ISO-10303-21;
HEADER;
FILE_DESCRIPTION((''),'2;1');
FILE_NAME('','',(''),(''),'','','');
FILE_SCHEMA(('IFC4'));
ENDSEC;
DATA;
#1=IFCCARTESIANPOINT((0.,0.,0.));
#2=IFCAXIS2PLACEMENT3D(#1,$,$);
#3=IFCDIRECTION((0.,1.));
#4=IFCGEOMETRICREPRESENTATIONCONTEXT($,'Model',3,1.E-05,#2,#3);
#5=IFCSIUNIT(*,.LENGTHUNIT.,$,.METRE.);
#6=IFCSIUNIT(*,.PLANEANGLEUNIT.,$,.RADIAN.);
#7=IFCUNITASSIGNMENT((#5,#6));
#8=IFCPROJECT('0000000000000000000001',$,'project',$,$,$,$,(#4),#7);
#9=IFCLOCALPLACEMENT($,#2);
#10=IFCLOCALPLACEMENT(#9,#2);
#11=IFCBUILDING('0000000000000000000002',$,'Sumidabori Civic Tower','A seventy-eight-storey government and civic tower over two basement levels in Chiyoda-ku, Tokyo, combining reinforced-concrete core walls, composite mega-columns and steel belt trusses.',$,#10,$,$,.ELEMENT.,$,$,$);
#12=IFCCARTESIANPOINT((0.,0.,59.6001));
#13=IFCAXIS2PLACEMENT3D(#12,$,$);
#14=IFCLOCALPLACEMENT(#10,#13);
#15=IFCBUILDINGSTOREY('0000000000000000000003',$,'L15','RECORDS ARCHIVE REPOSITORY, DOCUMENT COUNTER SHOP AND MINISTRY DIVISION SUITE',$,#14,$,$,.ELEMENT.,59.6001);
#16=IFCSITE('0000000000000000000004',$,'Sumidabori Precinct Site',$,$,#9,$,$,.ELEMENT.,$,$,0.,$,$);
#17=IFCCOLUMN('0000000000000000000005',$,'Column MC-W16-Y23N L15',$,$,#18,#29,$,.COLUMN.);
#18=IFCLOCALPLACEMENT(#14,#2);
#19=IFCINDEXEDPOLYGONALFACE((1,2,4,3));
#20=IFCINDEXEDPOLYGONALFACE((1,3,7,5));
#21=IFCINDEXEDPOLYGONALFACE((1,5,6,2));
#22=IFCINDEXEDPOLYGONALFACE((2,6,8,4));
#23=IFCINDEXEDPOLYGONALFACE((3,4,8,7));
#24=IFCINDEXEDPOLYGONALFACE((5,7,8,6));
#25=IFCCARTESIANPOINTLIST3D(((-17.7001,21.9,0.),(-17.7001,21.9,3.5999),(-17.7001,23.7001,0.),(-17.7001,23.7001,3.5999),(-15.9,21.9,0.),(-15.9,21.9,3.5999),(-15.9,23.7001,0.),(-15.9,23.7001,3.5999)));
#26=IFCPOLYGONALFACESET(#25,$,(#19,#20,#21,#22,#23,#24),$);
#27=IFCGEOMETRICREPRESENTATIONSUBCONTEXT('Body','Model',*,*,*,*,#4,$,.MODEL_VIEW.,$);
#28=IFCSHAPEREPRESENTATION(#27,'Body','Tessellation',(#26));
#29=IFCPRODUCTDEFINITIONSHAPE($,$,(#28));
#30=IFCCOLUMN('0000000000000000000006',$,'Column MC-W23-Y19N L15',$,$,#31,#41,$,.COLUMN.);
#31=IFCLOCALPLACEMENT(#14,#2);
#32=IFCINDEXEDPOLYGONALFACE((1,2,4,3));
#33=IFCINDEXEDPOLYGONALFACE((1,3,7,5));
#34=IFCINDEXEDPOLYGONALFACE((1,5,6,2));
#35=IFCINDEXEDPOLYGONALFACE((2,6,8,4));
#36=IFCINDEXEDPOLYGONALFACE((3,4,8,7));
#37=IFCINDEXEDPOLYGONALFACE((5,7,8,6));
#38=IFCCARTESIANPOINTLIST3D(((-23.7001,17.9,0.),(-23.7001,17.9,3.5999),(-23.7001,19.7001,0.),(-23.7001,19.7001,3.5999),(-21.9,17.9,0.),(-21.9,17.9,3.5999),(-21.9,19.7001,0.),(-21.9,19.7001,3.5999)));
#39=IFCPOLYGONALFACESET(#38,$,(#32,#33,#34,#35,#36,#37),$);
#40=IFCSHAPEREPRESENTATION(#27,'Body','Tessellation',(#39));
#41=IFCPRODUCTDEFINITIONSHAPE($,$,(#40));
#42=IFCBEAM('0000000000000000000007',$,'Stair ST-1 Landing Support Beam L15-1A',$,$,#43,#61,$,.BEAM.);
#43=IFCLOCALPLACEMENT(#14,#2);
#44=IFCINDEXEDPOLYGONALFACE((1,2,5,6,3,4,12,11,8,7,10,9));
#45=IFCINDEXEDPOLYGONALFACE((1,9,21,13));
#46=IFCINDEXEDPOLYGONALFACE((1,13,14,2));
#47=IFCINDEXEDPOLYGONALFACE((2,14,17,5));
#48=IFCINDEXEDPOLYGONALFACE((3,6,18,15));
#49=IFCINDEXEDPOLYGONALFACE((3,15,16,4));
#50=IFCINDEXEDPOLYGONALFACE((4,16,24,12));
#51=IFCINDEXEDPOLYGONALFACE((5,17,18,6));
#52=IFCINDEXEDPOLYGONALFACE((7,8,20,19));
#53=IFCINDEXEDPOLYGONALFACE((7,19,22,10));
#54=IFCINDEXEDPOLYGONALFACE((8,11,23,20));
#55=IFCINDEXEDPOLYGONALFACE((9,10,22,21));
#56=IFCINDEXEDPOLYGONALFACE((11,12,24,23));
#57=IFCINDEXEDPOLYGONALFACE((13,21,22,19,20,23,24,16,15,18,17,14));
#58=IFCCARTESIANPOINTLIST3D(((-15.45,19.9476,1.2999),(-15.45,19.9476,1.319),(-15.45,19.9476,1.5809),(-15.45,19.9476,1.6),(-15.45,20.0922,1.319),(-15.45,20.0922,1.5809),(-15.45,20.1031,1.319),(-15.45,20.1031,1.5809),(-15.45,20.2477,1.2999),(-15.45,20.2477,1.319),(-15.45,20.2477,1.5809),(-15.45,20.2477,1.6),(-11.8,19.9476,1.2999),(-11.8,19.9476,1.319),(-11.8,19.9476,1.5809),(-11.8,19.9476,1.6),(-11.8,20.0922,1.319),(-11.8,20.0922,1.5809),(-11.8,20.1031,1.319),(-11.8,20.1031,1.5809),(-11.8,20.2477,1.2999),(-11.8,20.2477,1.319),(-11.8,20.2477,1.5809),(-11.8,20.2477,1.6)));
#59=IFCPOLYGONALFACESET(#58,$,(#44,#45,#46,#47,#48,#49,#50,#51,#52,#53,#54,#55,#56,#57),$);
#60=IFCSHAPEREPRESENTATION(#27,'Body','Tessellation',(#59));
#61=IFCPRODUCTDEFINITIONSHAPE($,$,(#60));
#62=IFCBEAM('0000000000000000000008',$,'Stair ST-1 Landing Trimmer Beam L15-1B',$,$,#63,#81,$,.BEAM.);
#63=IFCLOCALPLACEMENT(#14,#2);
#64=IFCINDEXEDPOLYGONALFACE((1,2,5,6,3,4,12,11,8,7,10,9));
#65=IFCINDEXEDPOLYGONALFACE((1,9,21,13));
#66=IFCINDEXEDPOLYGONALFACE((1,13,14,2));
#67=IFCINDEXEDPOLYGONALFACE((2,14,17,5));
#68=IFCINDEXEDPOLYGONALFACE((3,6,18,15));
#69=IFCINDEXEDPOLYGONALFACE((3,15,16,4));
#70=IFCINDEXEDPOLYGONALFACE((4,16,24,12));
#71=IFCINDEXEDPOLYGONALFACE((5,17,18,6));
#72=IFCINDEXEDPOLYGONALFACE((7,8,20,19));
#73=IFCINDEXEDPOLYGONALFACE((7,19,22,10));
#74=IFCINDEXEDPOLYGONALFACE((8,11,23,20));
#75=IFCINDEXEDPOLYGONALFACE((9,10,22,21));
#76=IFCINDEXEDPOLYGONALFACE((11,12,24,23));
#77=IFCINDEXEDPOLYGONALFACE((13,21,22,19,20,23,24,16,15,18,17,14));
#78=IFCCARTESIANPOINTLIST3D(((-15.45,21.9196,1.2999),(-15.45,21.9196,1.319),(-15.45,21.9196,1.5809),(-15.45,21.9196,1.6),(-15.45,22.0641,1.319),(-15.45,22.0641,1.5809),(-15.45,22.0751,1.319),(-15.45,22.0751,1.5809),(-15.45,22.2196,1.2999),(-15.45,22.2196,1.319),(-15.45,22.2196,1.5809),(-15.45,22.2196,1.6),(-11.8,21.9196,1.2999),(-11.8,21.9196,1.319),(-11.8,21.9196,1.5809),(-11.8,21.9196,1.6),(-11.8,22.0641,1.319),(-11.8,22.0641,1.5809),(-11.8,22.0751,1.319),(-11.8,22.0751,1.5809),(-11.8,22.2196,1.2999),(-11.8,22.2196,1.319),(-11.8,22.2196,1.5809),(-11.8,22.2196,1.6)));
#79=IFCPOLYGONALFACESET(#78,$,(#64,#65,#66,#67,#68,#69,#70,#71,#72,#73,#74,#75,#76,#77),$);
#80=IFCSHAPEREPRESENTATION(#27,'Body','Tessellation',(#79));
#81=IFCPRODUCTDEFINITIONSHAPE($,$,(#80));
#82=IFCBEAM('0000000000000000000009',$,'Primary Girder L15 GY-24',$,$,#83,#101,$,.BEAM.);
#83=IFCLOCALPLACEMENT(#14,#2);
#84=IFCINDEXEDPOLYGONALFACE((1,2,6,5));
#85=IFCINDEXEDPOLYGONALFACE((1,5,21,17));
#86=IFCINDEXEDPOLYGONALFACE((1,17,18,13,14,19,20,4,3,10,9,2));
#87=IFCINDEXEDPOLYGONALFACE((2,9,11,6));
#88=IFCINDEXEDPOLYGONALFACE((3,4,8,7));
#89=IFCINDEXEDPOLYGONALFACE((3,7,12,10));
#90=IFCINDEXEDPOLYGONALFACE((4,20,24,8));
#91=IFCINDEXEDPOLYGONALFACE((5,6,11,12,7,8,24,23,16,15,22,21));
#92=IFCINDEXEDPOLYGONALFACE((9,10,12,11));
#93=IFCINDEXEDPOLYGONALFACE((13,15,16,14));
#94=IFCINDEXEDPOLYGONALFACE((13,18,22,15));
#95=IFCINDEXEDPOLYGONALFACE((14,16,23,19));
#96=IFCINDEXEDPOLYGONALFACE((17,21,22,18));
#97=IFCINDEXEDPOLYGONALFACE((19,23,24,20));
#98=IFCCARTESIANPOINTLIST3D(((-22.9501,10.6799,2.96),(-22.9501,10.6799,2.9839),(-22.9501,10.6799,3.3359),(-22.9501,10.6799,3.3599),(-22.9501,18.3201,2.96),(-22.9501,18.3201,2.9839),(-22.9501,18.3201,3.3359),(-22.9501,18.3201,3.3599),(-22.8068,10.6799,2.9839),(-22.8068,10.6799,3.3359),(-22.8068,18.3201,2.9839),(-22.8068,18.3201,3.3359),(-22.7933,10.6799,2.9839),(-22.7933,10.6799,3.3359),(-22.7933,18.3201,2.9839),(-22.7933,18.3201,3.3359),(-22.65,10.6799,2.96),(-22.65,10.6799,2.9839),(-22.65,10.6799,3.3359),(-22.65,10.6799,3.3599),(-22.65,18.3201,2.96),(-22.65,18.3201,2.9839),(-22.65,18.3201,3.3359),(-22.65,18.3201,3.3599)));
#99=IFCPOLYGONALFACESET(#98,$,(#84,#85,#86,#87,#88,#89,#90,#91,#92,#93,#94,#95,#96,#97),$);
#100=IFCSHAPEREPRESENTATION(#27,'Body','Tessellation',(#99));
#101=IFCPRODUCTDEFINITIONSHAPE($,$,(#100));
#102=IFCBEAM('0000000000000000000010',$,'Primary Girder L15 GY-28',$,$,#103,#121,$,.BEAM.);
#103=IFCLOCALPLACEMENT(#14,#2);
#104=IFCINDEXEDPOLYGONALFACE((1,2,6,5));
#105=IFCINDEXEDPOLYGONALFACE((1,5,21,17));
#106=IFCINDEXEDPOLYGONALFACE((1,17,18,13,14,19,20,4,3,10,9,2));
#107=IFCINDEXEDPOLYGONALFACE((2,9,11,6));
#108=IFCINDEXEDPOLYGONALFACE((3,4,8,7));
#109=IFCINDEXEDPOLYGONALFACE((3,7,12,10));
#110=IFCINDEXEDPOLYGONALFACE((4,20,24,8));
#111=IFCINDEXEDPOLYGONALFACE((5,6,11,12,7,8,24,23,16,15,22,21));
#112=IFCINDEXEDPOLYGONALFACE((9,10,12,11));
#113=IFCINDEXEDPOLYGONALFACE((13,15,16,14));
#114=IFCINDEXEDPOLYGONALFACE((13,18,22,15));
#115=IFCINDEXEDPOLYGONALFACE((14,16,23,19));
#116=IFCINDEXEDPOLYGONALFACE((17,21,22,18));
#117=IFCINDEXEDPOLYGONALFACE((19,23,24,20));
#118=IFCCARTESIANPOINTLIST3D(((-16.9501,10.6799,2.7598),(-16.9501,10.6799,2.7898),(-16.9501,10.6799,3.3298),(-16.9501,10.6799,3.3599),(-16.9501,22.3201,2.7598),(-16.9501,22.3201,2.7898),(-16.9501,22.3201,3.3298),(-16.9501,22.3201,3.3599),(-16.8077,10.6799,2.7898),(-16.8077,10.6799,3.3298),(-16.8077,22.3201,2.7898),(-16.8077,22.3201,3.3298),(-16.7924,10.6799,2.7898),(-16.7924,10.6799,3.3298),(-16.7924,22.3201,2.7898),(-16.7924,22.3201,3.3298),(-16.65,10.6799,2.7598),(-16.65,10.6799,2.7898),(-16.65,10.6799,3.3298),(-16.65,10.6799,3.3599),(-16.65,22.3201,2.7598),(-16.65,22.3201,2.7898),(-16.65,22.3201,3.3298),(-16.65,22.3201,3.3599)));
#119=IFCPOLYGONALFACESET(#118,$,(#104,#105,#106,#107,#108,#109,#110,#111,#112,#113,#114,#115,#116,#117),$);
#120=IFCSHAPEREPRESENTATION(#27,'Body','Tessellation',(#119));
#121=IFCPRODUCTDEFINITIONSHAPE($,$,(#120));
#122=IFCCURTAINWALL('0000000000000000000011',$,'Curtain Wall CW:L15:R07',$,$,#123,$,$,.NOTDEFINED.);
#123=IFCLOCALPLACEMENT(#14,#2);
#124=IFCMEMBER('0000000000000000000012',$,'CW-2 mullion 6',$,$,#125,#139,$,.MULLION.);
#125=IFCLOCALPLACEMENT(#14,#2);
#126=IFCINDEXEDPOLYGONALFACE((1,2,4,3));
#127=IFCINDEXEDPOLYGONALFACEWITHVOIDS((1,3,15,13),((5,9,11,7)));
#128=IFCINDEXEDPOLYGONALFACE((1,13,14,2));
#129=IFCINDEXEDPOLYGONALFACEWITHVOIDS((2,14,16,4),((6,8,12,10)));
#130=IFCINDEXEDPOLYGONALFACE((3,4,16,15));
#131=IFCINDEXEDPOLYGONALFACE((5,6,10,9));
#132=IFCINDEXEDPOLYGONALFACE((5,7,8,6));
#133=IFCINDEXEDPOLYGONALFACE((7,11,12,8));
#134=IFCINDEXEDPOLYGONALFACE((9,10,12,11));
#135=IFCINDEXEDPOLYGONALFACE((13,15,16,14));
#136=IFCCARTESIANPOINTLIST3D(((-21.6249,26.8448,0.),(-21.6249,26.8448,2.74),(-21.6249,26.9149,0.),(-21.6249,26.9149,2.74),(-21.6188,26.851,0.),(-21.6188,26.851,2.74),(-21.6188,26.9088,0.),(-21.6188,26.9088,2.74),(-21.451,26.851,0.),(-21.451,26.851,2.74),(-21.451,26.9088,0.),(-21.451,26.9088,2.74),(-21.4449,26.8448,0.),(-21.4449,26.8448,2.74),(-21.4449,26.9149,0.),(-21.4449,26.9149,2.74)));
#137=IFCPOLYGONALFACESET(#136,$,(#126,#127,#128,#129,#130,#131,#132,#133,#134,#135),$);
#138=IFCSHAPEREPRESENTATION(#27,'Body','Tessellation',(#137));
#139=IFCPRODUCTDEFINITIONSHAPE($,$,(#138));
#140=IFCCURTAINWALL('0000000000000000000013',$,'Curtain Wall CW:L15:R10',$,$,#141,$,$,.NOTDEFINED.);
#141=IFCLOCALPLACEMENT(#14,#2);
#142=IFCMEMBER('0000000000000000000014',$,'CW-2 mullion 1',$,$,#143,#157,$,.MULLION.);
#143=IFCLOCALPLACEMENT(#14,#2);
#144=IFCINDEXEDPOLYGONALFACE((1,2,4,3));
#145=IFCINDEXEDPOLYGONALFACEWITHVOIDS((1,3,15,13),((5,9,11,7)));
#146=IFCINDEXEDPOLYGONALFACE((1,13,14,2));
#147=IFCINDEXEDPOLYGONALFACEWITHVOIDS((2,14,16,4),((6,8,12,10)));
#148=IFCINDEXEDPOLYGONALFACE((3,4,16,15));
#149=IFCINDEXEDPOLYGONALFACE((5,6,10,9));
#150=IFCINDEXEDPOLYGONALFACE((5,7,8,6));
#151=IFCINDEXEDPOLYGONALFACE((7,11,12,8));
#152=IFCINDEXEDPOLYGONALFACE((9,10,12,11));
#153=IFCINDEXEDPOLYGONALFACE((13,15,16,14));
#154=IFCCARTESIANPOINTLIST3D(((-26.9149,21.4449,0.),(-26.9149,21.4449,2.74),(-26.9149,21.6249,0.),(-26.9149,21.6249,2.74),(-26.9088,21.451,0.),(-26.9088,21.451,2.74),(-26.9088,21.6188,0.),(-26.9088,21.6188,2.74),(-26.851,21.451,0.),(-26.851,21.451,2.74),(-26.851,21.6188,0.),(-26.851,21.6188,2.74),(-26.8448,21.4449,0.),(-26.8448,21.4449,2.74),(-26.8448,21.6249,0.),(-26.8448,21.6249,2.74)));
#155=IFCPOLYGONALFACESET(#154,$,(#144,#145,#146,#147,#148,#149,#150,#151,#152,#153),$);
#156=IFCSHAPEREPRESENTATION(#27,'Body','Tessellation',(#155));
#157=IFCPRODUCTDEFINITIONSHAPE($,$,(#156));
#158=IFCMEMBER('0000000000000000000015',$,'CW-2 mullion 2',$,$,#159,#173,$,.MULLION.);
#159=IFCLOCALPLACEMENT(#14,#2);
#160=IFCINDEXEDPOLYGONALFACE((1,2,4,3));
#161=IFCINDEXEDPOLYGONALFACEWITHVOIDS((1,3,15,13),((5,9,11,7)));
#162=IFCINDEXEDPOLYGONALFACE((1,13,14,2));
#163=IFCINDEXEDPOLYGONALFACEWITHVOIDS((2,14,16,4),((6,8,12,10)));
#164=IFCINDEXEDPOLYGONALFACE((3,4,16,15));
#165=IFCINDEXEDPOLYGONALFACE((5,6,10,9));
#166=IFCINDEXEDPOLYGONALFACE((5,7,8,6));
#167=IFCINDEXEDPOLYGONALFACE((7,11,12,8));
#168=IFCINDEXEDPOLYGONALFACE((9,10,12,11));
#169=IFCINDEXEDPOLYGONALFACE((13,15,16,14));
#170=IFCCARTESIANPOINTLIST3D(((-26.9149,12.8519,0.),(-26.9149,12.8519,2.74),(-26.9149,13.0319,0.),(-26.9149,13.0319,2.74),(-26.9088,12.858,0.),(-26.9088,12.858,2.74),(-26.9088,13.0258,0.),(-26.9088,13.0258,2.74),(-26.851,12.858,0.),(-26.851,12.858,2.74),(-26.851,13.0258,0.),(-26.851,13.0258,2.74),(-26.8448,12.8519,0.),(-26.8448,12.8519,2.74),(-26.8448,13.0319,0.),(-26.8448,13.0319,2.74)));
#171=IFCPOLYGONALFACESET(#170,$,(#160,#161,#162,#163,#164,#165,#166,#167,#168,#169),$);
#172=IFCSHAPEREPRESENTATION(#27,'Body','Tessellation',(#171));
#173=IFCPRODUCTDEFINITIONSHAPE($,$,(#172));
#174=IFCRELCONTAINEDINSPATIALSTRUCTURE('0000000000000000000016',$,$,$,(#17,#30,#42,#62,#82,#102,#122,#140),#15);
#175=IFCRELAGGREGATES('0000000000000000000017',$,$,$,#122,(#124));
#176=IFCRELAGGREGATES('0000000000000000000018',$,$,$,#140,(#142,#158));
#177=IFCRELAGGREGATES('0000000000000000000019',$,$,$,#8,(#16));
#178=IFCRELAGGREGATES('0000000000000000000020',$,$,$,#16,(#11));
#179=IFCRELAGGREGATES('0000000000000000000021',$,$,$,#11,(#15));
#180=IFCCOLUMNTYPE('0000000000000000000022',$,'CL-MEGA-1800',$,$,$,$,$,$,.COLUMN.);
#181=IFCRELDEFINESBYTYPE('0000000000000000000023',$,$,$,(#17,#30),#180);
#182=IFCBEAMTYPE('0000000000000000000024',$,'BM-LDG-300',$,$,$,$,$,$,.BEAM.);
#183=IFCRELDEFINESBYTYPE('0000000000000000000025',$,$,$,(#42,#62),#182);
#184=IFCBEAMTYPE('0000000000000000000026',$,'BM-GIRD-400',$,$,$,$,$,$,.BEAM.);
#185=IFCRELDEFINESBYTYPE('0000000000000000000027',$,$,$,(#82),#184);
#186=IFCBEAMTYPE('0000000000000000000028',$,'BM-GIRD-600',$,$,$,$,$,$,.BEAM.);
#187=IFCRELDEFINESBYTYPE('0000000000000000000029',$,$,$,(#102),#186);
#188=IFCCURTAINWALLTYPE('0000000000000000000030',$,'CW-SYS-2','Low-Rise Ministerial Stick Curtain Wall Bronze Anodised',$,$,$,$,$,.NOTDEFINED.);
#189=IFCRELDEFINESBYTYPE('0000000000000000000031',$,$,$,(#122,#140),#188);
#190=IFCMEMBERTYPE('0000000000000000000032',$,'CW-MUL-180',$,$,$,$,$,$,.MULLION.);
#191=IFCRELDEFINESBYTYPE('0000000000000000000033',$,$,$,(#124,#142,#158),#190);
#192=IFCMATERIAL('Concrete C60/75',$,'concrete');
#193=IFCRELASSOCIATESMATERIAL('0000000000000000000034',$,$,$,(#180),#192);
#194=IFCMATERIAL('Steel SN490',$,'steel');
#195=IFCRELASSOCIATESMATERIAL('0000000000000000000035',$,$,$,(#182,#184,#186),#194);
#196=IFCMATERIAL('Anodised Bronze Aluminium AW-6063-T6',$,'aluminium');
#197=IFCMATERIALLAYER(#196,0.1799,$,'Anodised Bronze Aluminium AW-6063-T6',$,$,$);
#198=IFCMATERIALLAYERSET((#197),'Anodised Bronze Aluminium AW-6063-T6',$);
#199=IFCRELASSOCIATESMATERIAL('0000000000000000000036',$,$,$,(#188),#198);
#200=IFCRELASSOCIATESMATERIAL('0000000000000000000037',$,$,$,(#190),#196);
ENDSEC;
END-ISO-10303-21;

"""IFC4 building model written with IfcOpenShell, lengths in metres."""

from ifc_helpers import new_model, si_unit, direction, frame, origin, origin_2d, place, context, subcontext, project, spatial, rectangle, hollow_rectangle, i_section, extrude, source, transform, mapped, material, layer, layer_set, material_profile, profile_set, type_object, element, aggregate, save


model = new_model("IFC4")

# Units and contexts
model_context = context("Model", 3, precision=1e-05, world=origin(), true_north=direction((0.0, 1.0)))
body_context = subcontext(model_context, "Body", "Model", "MODEL_VIEW")
ifc_project = project(units=[si_unit("LENGTHUNIT", "METRE"), si_unit("PLANEANGLEUNIT", "RADIAN")], contexts=[model_context])

# Site, building, storey
site_placement = place(None, origin())
site = spatial("IfcSite", under=ifc_project, at=site_placement, Name="Sumidabori Precinct Site", CompositionType="ELEMENT", RefElevation=0.0)
building_placement = place(site_placement, origin())
building = spatial("IfcBuilding", under=site, at=building_placement, Name="Sumidabori Civic Tower", Description="A seventy-eight-storey government and civic tower over two basement levels in Chiyoda-ku, Tokyo, combining reinforced-concrete core walls, composite mega-columns and steel belt trusses.", CompositionType="ELEMENT")
storey_placement = place(building_placement, frame((0.0, 0.0, 59.6001)))
storey = spatial("IfcBuildingStorey", under=building, at=storey_placement, Name="L15", Description="RECORDS ARCHIVE REPOSITORY, DOCUMENT COUNTER SHOP AND MINISTRY DIVISION SUITE", CompositionType="ELEMENT", Elevation=59.6001)

# Columns
ifc_material_1 = material(Name="Concrete C60/75", Category="concrete")
ifc_material_profile_1 = material_profile(ifc_material_1, rectangle(XDim=1.8, YDim=1.8, at=origin_2d()), Name="RC 1800x1800")
ifc_profile_set_1 = profile_set([ifc_material_profile_1], Name="Concrete C60/75")
column_type = type_object("IfcColumnType", Name="CL-MEGA-1800", PredefinedType="COLUMN", material=ifc_profile_set_1)
shared_shape_1 = source(origin(), body_context, "Body", "SweptSolid", [
    extrude(rectangle(XDim=1.8, YDim=1.8, at=origin_2d()), origin(), (0.0, 0.0, 1.0), 3.5999),
])
for number, where, z_axis, x_axis, name in (
    (1, (-16.8, 22.8, 0.0), (0.0, 0.0, 1.0), (1.0, 0.0, 0.0), "Column MC-W16-Y23N L15"),
    (2, (-22.8, 18.8, 0.0), (0.0, 0.0, 1.0), (1.0, 0.0, 0.0), "Column MC-W23-Y19N L15"),
):
    element("IfcColumn", number, at=place(storey_placement, frame(where, z_axis=z_axis, x_axis=x_axis)), inside=storey, type_object=column_type, Name=name, PredefinedType="COLUMN", context=body_context, shape_type="MappedRepresentation", body=[
        mapped(shared_shape_1, transform((0.0, 0.0, 0.0), x_axis=(1.0, 0.0, 0.0), y_axis=(0.0, 1.0, 0.0), z_axis=(0.0, 0.0, 1.0), scale=1.0)),
    ])

# Beams
ifc_material_2 = material(Name="Steel SN490", Category="steel")
ifc_material_profile_2 = material_profile(ifc_material_2, i_section(OverallWidth=0.3, OverallDepth=0.3, WebThickness=0.011, FlangeThickness=0.019, at=origin_2d()), Name="HE 300 B")
ifc_profile_set_2 = profile_set([ifc_material_profile_2], Name="Steel SN490")
beam_type_1 = type_object("IfcBeamType", Name="BM-LDG-300", PredefinedType="BEAM", material=ifc_profile_set_2)
shared_shape_2 = source(origin(), body_context, "Body", "SweptSolid", [
    extrude(i_section(OverallWidth=0.3, OverallDepth=0.3, WebThickness=0.011, FlangeThickness=0.019, at=origin_2d()), origin(), (0.0, 0.0, 1.0), 3.6499),
])
for number, where, z_axis, x_axis, name in (
    (3, (-15.45, 20.0977, 1.45), (1.0, 0.0, 0.0), (0.0, 1.0, 0.0), "Stair ST-1 Landing Support Beam L15-1A"),
    (4, (-15.45, 22.0696, 1.45), (1.0, 0.0, 0.0), (0.0, 1.0, 0.0), "Stair ST-1 Landing Trimmer Beam L15-1B"),
):
    element("IfcBeam", number, at=place(storey_placement, frame(where, z_axis=z_axis, x_axis=x_axis)), inside=storey, type_object=beam_type_1, Name=name, PredefinedType="BEAM", context=body_context, shape_type="MappedRepresentation", body=[
        mapped(shared_shape_2, transform((0.0, 0.0, 0.0), x_axis=(1.0, 0.0, 0.0), y_axis=(0.0, 1.0, 0.0), z_axis=(0.0, 0.0, 1.0), scale=1.0)),
    ])
ifc_material_profile_3 = material_profile(ifc_material_2, i_section(OverallWidth=0.3, OverallDepth=0.3999, WebThickness=0.0134, FlangeThickness=0.0239, at=origin_2d()), Name="HE 400 B")
ifc_profile_set_3 = profile_set([ifc_material_profile_3], Name="Steel SN490")
beam_type_2 = type_object("IfcBeamType", Name="BM-GIRD-400", PredefinedType="BEAM", material=ifc_profile_set_3)
shared_shape_3 = source(origin(), body_context, "Body", "SweptSolid", [
    extrude(i_section(OverallWidth=0.3, OverallDepth=0.3999, WebThickness=0.0134, FlangeThickness=0.0239, at=origin_2d()), origin(), (0.0, 0.0, 1.0), 7.6401),
])
beam_1_placement = place(storey_placement, frame((-22.8, 10.6799, 3.1599), z_axis=(0.0, 1.0, 0.0), x_axis=(-1.0, 0.0, 0.0)))
element("IfcBeam", 5, at=beam_1_placement, inside=storey, type_object=beam_type_2, Name="Primary Girder L15 GY-24", PredefinedType="BEAM", context=body_context, shape_type="MappedRepresentation", body=[
    mapped(shared_shape_3, transform((0.0, 0.0, 0.0), x_axis=(1.0, 0.0, 0.0), y_axis=(0.0, 1.0, 0.0), z_axis=(0.0, 0.0, 1.0), scale=1.0)),
])
ifc_material_profile_4 = material_profile(ifc_material_2, i_section(OverallWidth=0.3, OverallDepth=0.6001, WebThickness=0.0154, FlangeThickness=0.03, at=origin_2d()), Name="HE 600 B")
ifc_profile_set_4 = profile_set([ifc_material_profile_4], Name="Steel SN490")
beam_type_3 = type_object("IfcBeamType", Name="BM-GIRD-600", PredefinedType="BEAM", material=ifc_profile_set_4)
shared_shape_4 = source(origin(), body_context, "Body", "SweptSolid", [
    extrude(i_section(OverallWidth=0.3, OverallDepth=0.6001, WebThickness=0.0154, FlangeThickness=0.03, at=origin_2d()), origin(), (0.0, 0.0, 1.0), 11.6401),
])
beam_2_placement = place(storey_placement, frame((-16.8, 10.6799, 3.0598), z_axis=(0.0, 1.0, 0.0), x_axis=(-1.0, 0.0, 0.0)))
element("IfcBeam", 6, at=beam_2_placement, inside=storey, type_object=beam_type_3, Name="Primary Girder L15 GY-28", PredefinedType="BEAM", context=body_context, shape_type="MappedRepresentation", body=[
    mapped(shared_shape_4, transform((0.0, 0.0, 0.0), x_axis=(1.0, 0.0, 0.0), y_axis=(0.0, 1.0, 0.0), z_axis=(0.0, 0.0, 1.0), scale=1.0)),
])

# Curtain wall, member
ifc_material_3 = material(Name="Anodised Bronze Aluminium AW-6063-T6", Category="aluminium")
ifc_layer_1 = layer(ifc_material_3, 0.1799, Name="Anodised Bronze Aluminium AW-6063-T6")
ifc_layer_set_1 = layer_set([ifc_layer_1], Name="Anodised Bronze Aluminium AW-6063-T6")
curtain_wall_type = type_object("IfcCurtainWallType", Name="CW-SYS-2", Description="Low-Rise Ministerial Stick Curtain Wall Bronze Anodised", PredefinedType="NOTDEFINED", material=ifc_layer_set_1)
curtain_wall_1_placement = place(storey_placement, origin())
curtain_wall_1 = element("IfcCurtainWall", 7, at=curtain_wall_1_placement, inside=storey, type_object=curtain_wall_type, Name="Curtain Wall CW:L15:R07", PredefinedType="NOTDEFINED")
ifc_material_profile_5 = material_profile(ifc_material_3, hollow_rectangle(XDim=0.0701, YDim=0.1799, WallThickness=0.0061, at=origin_2d()), Name="ALU MULLION 180x70")
ifc_profile_set_5 = profile_set([ifc_material_profile_5], Name="Anodised Bronze Aluminium AW-6063-T6")
member_type_1 = type_object("IfcMemberType", Name="CW-MUL-180", PredefinedType="MULLION", material=ifc_profile_set_5)
shared_shape_5 = source(origin(), body_context, "Body", "SweptSolid", [
    extrude(hollow_rectangle(XDim=0.0701, YDim=0.1799, WallThickness=0.0061, at=origin_2d()), origin(), (0.0, 0.0, 1.0), 2.74),
])
member_1_placement = place(storey_placement, frame((-21.5349, 26.8799, 0.0), z_axis=(0.0, 0.0, 1.0), x_axis=(0.0, -1.0, 0.0)))
member_1 = element("IfcMember", 8, at=member_1_placement, type_object=member_type_1, Name="CW-2 mullion 6", PredefinedType="MULLION", context=body_context, shape_type="MappedRepresentation", body=[
    mapped(shared_shape_5, transform((0.0, 0.0, 0.0), x_axis=(1.0, 0.0, 0.0), y_axis=(0.0, 1.0, 0.0), z_axis=(0.0, 0.0, 1.0), scale=1.0)),
])

# Curtain wall, members
curtain_wall_2_placement = place(storey_placement, origin())
curtain_wall_2 = element("IfcCurtainWall", 9, at=curtain_wall_2_placement, inside=storey, type_object=curtain_wall_type, Name="Curtain Wall CW:L15:R10", PredefinedType="NOTDEFINED")
member_2_placement = place(storey_placement, frame((-26.8799, 21.5349, 0.0), z_axis=(0.0, 0.0, 1.0), x_axis=(1.0, 0.0, 0.0)))
member_2 = element("IfcMember", 10, at=member_2_placement, type_object=member_type_1, Name="CW-2 mullion 1", PredefinedType="MULLION", context=body_context, shape_type="MappedRepresentation", body=[
    mapped(shared_shape_5, transform((0.0, 0.0, 0.0), x_axis=(1.0, 0.0, 0.0), y_axis=(0.0, 1.0, 0.0), z_axis=(0.0, 0.0, 1.0), scale=1.0)),
])
member_3_placement = place(storey_placement, frame((-26.8799, 12.9419, 0.0), z_axis=(0.0, 0.0, 1.0), x_axis=(1.0, 0.0, 0.0)))
member_3 = element("IfcMember", 11, at=member_3_placement, type_object=member_type_1, Name="CW-2 mullion 2", PredefinedType="MULLION", context=body_context, shape_type="MappedRepresentation", body=[
    mapped(shared_shape_5, transform((0.0, 0.0, 0.0), x_axis=(1.0, 0.0, 0.0), y_axis=(0.0, 1.0, 0.0), z_axis=(0.0, 0.0, 1.0), scale=1.0)),
])

aggregate(curtain_wall_1, [member_1])
aggregate(curtain_wall_2, [member_2, member_3])

save(model, "model.ifc")
